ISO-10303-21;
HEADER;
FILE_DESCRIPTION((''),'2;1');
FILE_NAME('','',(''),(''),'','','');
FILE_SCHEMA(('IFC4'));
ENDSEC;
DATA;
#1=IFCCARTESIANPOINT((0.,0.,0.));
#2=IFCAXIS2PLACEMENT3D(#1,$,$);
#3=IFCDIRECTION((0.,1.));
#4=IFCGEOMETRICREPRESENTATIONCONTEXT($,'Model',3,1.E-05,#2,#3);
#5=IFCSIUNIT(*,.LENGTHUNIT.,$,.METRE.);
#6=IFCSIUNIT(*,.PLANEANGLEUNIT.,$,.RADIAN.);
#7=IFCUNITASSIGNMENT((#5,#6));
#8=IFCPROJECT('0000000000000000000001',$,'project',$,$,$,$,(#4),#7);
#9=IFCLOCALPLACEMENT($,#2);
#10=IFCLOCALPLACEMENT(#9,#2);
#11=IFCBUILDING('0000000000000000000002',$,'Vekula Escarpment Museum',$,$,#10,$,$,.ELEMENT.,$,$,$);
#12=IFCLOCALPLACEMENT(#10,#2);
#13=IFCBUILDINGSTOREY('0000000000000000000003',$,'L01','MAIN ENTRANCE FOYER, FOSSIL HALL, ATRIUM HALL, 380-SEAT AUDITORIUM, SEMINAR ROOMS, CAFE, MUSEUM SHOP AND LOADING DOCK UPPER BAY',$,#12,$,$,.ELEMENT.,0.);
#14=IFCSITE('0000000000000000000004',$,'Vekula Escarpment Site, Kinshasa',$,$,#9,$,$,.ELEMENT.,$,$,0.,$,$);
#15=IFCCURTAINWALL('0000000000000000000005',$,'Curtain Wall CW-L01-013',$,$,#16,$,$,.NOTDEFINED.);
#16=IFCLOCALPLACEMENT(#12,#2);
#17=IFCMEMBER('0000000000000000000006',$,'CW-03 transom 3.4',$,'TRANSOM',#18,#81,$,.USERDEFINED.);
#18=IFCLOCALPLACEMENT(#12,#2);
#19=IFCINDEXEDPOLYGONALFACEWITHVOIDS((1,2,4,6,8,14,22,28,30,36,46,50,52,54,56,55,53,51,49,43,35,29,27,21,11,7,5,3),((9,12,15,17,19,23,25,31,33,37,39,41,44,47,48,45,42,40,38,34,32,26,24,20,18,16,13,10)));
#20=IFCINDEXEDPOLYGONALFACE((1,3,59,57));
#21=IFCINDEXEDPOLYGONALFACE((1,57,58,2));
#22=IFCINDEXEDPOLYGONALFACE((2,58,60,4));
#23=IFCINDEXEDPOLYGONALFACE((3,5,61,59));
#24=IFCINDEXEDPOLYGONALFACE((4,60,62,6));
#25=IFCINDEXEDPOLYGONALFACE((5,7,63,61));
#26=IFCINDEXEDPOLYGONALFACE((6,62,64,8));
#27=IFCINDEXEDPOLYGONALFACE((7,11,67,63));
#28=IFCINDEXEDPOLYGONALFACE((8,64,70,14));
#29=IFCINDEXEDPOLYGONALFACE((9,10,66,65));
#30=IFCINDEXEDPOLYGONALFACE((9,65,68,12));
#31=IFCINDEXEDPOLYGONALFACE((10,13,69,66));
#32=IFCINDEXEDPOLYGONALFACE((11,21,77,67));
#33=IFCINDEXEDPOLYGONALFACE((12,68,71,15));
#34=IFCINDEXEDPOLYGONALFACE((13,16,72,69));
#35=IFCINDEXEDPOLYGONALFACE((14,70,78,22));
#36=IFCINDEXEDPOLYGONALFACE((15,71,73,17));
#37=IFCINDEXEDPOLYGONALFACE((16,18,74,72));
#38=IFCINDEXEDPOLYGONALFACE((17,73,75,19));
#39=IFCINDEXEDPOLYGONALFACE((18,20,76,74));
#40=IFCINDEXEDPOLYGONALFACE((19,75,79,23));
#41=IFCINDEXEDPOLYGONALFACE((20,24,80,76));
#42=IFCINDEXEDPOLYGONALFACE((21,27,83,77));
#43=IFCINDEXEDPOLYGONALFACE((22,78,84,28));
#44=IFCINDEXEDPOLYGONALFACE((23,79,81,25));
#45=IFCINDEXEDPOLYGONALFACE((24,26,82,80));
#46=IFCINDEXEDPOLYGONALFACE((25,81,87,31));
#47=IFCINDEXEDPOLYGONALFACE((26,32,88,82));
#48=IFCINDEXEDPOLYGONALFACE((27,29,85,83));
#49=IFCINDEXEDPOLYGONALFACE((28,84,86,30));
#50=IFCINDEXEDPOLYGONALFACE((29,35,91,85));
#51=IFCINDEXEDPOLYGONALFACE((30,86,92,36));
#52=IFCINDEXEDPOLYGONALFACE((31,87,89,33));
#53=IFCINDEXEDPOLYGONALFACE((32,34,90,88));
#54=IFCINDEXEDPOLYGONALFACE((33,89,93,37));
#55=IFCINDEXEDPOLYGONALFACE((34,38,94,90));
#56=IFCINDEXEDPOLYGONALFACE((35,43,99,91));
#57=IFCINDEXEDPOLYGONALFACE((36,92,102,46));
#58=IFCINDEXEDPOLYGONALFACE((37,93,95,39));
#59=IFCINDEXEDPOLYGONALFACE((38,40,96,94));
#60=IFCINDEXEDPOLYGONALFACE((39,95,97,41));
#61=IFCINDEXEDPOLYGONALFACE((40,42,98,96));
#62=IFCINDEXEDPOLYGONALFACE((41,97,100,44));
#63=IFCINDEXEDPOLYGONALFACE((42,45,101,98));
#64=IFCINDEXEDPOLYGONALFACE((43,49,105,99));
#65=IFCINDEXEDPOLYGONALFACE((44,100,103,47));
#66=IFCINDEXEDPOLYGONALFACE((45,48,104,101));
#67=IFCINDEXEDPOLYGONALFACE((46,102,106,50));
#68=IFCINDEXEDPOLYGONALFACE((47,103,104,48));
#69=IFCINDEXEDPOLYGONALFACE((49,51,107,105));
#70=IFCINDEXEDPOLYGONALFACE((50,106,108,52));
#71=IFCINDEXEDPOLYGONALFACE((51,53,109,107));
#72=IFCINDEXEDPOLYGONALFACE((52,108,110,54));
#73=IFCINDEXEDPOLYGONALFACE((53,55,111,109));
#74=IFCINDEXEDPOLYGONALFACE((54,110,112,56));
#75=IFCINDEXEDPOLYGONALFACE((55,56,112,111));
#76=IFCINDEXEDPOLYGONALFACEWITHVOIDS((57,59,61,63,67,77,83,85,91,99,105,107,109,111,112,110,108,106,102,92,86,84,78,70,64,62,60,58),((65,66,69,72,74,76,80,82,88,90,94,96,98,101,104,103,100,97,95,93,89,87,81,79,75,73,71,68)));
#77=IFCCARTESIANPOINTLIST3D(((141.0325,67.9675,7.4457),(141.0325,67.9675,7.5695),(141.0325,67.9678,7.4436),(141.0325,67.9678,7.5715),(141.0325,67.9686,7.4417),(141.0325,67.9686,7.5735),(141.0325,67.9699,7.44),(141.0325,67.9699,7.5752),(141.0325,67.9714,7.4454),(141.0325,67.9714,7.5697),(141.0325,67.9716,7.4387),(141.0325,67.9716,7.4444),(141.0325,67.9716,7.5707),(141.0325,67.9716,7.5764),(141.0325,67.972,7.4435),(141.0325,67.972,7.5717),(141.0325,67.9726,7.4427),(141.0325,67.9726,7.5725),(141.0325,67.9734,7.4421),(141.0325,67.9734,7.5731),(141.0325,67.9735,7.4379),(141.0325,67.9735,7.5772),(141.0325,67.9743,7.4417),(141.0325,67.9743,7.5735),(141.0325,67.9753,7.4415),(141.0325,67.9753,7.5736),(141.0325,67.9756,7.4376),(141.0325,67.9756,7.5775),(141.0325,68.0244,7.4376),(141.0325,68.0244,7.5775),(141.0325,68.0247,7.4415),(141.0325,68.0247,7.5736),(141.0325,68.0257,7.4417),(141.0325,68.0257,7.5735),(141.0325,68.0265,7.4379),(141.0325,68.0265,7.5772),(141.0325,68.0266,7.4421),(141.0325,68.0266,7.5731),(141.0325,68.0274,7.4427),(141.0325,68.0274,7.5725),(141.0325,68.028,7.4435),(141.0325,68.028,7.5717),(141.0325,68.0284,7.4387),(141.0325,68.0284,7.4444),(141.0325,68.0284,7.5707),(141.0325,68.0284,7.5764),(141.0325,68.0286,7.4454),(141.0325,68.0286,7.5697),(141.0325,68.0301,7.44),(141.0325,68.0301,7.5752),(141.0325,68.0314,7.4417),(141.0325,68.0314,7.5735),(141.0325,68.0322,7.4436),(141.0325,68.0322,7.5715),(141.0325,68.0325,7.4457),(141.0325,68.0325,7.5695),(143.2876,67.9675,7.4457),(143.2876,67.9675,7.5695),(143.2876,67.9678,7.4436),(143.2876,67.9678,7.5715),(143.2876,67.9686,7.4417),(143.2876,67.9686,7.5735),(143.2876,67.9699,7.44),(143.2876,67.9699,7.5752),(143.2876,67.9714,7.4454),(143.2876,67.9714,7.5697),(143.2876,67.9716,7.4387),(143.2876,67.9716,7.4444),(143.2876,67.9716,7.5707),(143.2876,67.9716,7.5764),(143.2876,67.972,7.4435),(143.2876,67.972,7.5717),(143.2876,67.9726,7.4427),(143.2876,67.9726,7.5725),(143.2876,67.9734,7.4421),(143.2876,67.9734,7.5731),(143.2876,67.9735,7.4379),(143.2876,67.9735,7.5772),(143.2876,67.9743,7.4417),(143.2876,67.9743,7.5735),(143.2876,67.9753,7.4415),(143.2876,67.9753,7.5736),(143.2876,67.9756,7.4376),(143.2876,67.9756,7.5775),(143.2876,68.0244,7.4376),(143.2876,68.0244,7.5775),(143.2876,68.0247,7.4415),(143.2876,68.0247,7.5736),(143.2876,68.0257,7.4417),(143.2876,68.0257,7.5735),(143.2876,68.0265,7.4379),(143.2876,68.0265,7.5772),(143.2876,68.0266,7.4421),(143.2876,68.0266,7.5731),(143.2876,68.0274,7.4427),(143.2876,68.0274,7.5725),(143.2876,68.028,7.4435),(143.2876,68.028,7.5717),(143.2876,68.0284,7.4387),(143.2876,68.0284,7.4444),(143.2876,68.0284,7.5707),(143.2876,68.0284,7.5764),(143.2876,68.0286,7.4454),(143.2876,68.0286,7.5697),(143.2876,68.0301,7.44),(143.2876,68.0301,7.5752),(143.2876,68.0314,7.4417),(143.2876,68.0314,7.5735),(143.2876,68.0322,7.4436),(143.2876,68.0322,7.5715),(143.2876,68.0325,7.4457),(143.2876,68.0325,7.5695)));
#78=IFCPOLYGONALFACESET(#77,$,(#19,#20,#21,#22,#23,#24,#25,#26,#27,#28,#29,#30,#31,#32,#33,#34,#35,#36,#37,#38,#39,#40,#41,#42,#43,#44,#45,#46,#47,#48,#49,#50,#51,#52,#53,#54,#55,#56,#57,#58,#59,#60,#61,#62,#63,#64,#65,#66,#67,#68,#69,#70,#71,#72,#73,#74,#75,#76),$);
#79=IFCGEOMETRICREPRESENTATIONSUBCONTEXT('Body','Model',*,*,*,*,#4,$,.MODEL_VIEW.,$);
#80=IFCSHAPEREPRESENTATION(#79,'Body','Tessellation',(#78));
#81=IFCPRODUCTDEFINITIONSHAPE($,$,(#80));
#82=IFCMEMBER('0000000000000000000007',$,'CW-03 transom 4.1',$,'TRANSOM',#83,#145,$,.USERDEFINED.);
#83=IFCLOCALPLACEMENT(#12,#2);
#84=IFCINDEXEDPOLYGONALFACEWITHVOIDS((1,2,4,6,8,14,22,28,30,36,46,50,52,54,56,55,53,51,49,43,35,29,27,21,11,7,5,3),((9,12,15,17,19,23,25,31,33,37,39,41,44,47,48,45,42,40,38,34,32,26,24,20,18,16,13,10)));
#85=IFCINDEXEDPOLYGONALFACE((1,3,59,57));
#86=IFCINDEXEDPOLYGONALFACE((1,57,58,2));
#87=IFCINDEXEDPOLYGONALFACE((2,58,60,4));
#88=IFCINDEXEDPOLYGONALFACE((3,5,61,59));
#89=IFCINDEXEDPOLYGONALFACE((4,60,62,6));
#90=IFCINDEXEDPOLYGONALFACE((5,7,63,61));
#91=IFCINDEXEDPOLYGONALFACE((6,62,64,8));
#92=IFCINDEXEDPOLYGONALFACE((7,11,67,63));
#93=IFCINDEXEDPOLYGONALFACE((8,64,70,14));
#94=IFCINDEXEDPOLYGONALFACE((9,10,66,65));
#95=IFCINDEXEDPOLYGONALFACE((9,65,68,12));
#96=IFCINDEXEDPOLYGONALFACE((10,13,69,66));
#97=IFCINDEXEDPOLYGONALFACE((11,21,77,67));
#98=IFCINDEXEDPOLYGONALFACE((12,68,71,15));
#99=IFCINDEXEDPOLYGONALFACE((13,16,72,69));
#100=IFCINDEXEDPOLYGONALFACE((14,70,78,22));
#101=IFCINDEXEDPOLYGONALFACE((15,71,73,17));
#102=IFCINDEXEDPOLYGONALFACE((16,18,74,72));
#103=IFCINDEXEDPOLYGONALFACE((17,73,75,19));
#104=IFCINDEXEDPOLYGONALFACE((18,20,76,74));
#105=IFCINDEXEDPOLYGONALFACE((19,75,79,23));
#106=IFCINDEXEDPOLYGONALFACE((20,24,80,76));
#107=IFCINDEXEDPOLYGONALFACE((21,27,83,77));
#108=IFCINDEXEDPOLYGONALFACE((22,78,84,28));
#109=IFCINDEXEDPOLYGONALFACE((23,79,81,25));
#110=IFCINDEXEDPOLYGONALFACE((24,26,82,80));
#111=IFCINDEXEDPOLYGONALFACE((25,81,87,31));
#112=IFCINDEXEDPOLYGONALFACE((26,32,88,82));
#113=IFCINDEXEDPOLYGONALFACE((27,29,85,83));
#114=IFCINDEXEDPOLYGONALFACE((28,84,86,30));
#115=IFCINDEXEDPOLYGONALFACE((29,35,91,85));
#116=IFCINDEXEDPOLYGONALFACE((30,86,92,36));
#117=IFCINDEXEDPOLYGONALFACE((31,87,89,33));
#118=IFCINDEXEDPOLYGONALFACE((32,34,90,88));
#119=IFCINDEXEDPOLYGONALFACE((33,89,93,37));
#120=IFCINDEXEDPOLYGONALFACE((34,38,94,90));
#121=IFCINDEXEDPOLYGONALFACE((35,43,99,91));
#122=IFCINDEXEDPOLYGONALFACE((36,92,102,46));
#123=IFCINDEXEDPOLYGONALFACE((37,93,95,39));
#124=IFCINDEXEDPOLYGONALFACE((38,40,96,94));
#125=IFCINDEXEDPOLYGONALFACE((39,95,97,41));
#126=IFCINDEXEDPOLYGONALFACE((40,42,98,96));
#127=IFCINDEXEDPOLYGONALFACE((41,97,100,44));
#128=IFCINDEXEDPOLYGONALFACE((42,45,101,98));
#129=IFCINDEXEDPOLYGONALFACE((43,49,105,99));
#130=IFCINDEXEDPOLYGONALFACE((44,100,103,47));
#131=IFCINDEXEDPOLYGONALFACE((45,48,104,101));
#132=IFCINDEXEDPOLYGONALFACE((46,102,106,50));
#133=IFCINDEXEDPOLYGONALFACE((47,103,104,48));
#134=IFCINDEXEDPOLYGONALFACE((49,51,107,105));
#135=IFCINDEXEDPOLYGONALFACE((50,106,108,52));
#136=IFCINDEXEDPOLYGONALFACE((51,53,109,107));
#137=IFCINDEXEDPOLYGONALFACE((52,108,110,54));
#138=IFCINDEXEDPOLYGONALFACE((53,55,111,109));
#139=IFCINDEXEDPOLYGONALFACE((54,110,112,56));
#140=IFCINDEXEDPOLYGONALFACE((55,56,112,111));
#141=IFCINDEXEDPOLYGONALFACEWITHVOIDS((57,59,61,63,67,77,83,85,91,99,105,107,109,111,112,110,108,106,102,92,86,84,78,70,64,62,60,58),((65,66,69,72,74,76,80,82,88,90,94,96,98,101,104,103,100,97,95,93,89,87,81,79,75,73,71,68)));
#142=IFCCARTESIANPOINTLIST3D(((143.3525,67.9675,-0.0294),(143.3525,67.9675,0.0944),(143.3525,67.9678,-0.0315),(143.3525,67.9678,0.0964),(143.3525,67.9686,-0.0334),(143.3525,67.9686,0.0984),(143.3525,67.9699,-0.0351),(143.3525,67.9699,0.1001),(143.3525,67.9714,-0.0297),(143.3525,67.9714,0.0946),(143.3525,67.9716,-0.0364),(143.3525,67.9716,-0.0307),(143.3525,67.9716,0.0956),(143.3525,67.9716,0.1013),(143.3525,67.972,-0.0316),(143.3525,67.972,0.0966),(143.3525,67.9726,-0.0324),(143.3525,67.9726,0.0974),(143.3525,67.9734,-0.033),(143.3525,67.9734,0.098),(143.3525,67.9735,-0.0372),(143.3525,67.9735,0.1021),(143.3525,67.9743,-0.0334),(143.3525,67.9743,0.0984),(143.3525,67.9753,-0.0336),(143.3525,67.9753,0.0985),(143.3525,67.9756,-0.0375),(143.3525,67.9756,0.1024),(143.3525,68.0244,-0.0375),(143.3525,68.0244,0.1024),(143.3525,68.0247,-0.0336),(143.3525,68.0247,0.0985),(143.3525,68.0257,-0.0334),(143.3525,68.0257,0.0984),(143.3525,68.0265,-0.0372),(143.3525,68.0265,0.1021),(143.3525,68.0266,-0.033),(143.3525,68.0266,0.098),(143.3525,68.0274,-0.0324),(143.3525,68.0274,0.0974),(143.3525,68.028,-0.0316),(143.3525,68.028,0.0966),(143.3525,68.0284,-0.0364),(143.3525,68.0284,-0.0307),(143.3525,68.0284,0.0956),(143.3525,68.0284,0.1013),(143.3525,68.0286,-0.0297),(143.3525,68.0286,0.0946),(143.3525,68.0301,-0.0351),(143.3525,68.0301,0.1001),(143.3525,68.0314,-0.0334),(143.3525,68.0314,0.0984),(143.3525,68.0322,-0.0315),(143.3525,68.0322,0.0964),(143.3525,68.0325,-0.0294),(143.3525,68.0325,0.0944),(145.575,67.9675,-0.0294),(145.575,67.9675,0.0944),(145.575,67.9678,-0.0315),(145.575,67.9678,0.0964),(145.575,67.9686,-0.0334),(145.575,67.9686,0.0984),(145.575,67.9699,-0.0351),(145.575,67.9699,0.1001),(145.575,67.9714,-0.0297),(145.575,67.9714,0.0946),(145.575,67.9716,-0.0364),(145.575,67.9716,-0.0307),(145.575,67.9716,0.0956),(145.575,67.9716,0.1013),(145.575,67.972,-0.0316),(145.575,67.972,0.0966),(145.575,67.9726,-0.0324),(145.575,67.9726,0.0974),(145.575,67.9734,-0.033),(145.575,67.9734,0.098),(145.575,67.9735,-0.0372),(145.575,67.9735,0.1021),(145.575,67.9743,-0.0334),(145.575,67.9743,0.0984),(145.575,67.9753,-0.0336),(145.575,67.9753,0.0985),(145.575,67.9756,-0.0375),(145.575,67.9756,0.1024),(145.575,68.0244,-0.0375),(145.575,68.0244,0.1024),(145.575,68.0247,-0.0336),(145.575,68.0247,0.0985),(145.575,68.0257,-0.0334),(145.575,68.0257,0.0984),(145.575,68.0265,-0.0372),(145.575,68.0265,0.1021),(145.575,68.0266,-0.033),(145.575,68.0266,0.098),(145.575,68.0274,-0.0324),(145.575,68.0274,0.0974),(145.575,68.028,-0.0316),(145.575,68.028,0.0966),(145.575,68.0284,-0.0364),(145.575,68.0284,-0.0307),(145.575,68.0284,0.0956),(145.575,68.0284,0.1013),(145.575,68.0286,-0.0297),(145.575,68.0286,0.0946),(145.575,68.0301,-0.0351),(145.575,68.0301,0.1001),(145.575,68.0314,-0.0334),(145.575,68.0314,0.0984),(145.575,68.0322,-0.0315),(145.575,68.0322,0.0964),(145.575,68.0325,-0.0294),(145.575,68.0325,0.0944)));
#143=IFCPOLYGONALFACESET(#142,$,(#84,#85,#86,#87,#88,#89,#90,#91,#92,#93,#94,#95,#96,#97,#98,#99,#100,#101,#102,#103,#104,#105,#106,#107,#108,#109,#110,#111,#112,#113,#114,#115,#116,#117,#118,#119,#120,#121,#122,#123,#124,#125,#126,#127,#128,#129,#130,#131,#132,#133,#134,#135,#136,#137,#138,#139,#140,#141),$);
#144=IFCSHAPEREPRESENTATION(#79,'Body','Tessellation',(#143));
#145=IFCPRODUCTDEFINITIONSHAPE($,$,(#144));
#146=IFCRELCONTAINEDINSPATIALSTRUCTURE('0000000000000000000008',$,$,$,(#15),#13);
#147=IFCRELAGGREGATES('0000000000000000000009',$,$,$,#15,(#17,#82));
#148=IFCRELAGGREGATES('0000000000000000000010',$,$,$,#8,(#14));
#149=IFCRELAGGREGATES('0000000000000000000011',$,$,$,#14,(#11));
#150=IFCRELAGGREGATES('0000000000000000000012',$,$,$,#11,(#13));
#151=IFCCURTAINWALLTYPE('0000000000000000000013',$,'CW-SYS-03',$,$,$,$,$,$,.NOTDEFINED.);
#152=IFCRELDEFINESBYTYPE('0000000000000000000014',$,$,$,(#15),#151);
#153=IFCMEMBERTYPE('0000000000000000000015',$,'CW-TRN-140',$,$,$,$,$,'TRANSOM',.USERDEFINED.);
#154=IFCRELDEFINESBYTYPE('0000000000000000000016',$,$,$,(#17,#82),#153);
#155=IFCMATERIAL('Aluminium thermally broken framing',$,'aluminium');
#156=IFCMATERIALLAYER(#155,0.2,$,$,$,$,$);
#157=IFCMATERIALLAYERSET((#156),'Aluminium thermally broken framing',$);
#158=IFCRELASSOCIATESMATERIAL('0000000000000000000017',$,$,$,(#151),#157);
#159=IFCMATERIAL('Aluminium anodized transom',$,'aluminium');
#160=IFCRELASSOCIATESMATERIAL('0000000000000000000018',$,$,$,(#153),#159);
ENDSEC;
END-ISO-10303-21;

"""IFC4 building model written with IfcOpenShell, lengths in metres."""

from ifc_helpers import new_model, si_unit, direction, frame, origin, origin_2d, place, context, subcontext, project, spatial, hollow_rectangle, extrude, material, layer, layer_set, material_profile, profile_set, type_object, element, aggregate, save


model = new_model("IFC4")

# Units and contexts
model_context = context("Model", 3, precision=1e-05, world=origin(), true_north=direction((0.0, 1.0)))
body_context = subcontext(model_context, "Body", "Model", "MODEL_VIEW")
ifc_project = project(units=[si_unit("LENGTHUNIT", "METRE"), si_unit("PLANEANGLEUNIT", "RADIAN")], contexts=[model_context])

# Site, building, storey
site_placement = place(None, origin())
site = spatial("IfcSite", under=ifc_project, at=site_placement, Name="Vekula Escarpment Site, Kinshasa", CompositionType="ELEMENT", RefElevation=0.0)
building_placement = place(site_placement, origin())
building = spatial("IfcBuilding", under=site, at=building_placement, Name="Vekula Escarpment Museum", CompositionType="ELEMENT")
storey_placement = place(building_placement, origin())
storey = spatial("IfcBuildingStorey", under=building, at=storey_placement, Name="L01", Description="MAIN ENTRANCE FOYER, FOSSIL HALL, ATRIUM HALL, 380-SEAT AUDITORIUM, SEMINAR ROOMS, CAFE, MUSEUM SHOP AND LOADING DOCK UPPER BAY", CompositionType="ELEMENT", Elevation=0.0)

# Curtain wall, members
ifc_material_1 = material(Name="Aluminium thermally broken framing", Category="aluminium")
ifc_layer_1 = layer(ifc_material_1, 0.2)
ifc_layer_set_1 = layer_set([ifc_layer_1], Name="Aluminium thermally broken framing")
curtain_wall_type = type_object("IfcCurtainWallType", Name="CW-SYS-03", PredefinedType="NOTDEFINED", material=ifc_layer_set_1)
curtain_wall_placement = place(storey_placement, origin())
curtain_wall = element("IfcCurtainWall", 1, at=curtain_wall_placement, inside=storey, type_object=curtain_wall_type, Name="Curtain Wall CW-L01-013", PredefinedType="NOTDEFINED")
ifc_material_2 = material(Name="Aluminium anodized transom", Category="aluminium")
ifc_material_profile_1 = material_profile(ifc_material_2, hollow_rectangle(XDim=0.0649, YDim=0.1399, WallThickness=0.0039, InnerFilletRadius=0.0039, OuterFilletRadius=0.0081, at=origin_2d()), Name="ALU 140x65x4")
ifc_profile_set_1 = profile_set([ifc_material_profile_1], Name="Aluminium anodized transom")
member_type_1 = type_object("IfcMemberType", Name="CW-TRN-140", ElementType="TRANSOM", PredefinedType="USERDEFINED", material=ifc_profile_set_1)
member_1_placement = place(storey_placement, frame((141.0325, 68.0, 7.5076), z_axis=(1.0, 0.0, 0.0), x_axis=(0.0, 1.0, 0.0)))
member_1 = element("IfcMember", 2, at=member_1_placement, type_object=member_type_1, Name="CW-03 transom 3.4", ObjectType="TRANSOM", PredefinedType="USERDEFINED", context=body_context, shape_type="SweptSolid", body=[
    extrude(hollow_rectangle(XDim=0.0649, YDim=0.1399, WallThickness=0.0039, InnerFilletRadius=0.0039, OuterFilletRadius=0.0081, at=origin_2d()), origin(), (0.0, 0.0, 1.0), 2.2551),
])
member_2_placement = place(storey_placement, frame((143.3525, 68.0, 0.0325), z_axis=(1.0, 0.0, 0.0), x_axis=(0.0, 1.0, 0.0)))
member_2 = element("IfcMember", 3, at=member_2_placement, type_object=member_type_1, Name="CW-03 transom 4.1", ObjectType="TRANSOM", PredefinedType="USERDEFINED", context=body_context, shape_type="SweptSolid", body=[
    extrude(hollow_rectangle(XDim=0.0649, YDim=0.1399, WallThickness=0.0039, InnerFilletRadius=0.0039, OuterFilletRadius=0.0081, at=origin_2d()), origin(), (0.0, 0.0, 1.0), 2.2224),
])
aggregate(curtain_wall, [member_1, member_2])

save(model, "model.ifc")
